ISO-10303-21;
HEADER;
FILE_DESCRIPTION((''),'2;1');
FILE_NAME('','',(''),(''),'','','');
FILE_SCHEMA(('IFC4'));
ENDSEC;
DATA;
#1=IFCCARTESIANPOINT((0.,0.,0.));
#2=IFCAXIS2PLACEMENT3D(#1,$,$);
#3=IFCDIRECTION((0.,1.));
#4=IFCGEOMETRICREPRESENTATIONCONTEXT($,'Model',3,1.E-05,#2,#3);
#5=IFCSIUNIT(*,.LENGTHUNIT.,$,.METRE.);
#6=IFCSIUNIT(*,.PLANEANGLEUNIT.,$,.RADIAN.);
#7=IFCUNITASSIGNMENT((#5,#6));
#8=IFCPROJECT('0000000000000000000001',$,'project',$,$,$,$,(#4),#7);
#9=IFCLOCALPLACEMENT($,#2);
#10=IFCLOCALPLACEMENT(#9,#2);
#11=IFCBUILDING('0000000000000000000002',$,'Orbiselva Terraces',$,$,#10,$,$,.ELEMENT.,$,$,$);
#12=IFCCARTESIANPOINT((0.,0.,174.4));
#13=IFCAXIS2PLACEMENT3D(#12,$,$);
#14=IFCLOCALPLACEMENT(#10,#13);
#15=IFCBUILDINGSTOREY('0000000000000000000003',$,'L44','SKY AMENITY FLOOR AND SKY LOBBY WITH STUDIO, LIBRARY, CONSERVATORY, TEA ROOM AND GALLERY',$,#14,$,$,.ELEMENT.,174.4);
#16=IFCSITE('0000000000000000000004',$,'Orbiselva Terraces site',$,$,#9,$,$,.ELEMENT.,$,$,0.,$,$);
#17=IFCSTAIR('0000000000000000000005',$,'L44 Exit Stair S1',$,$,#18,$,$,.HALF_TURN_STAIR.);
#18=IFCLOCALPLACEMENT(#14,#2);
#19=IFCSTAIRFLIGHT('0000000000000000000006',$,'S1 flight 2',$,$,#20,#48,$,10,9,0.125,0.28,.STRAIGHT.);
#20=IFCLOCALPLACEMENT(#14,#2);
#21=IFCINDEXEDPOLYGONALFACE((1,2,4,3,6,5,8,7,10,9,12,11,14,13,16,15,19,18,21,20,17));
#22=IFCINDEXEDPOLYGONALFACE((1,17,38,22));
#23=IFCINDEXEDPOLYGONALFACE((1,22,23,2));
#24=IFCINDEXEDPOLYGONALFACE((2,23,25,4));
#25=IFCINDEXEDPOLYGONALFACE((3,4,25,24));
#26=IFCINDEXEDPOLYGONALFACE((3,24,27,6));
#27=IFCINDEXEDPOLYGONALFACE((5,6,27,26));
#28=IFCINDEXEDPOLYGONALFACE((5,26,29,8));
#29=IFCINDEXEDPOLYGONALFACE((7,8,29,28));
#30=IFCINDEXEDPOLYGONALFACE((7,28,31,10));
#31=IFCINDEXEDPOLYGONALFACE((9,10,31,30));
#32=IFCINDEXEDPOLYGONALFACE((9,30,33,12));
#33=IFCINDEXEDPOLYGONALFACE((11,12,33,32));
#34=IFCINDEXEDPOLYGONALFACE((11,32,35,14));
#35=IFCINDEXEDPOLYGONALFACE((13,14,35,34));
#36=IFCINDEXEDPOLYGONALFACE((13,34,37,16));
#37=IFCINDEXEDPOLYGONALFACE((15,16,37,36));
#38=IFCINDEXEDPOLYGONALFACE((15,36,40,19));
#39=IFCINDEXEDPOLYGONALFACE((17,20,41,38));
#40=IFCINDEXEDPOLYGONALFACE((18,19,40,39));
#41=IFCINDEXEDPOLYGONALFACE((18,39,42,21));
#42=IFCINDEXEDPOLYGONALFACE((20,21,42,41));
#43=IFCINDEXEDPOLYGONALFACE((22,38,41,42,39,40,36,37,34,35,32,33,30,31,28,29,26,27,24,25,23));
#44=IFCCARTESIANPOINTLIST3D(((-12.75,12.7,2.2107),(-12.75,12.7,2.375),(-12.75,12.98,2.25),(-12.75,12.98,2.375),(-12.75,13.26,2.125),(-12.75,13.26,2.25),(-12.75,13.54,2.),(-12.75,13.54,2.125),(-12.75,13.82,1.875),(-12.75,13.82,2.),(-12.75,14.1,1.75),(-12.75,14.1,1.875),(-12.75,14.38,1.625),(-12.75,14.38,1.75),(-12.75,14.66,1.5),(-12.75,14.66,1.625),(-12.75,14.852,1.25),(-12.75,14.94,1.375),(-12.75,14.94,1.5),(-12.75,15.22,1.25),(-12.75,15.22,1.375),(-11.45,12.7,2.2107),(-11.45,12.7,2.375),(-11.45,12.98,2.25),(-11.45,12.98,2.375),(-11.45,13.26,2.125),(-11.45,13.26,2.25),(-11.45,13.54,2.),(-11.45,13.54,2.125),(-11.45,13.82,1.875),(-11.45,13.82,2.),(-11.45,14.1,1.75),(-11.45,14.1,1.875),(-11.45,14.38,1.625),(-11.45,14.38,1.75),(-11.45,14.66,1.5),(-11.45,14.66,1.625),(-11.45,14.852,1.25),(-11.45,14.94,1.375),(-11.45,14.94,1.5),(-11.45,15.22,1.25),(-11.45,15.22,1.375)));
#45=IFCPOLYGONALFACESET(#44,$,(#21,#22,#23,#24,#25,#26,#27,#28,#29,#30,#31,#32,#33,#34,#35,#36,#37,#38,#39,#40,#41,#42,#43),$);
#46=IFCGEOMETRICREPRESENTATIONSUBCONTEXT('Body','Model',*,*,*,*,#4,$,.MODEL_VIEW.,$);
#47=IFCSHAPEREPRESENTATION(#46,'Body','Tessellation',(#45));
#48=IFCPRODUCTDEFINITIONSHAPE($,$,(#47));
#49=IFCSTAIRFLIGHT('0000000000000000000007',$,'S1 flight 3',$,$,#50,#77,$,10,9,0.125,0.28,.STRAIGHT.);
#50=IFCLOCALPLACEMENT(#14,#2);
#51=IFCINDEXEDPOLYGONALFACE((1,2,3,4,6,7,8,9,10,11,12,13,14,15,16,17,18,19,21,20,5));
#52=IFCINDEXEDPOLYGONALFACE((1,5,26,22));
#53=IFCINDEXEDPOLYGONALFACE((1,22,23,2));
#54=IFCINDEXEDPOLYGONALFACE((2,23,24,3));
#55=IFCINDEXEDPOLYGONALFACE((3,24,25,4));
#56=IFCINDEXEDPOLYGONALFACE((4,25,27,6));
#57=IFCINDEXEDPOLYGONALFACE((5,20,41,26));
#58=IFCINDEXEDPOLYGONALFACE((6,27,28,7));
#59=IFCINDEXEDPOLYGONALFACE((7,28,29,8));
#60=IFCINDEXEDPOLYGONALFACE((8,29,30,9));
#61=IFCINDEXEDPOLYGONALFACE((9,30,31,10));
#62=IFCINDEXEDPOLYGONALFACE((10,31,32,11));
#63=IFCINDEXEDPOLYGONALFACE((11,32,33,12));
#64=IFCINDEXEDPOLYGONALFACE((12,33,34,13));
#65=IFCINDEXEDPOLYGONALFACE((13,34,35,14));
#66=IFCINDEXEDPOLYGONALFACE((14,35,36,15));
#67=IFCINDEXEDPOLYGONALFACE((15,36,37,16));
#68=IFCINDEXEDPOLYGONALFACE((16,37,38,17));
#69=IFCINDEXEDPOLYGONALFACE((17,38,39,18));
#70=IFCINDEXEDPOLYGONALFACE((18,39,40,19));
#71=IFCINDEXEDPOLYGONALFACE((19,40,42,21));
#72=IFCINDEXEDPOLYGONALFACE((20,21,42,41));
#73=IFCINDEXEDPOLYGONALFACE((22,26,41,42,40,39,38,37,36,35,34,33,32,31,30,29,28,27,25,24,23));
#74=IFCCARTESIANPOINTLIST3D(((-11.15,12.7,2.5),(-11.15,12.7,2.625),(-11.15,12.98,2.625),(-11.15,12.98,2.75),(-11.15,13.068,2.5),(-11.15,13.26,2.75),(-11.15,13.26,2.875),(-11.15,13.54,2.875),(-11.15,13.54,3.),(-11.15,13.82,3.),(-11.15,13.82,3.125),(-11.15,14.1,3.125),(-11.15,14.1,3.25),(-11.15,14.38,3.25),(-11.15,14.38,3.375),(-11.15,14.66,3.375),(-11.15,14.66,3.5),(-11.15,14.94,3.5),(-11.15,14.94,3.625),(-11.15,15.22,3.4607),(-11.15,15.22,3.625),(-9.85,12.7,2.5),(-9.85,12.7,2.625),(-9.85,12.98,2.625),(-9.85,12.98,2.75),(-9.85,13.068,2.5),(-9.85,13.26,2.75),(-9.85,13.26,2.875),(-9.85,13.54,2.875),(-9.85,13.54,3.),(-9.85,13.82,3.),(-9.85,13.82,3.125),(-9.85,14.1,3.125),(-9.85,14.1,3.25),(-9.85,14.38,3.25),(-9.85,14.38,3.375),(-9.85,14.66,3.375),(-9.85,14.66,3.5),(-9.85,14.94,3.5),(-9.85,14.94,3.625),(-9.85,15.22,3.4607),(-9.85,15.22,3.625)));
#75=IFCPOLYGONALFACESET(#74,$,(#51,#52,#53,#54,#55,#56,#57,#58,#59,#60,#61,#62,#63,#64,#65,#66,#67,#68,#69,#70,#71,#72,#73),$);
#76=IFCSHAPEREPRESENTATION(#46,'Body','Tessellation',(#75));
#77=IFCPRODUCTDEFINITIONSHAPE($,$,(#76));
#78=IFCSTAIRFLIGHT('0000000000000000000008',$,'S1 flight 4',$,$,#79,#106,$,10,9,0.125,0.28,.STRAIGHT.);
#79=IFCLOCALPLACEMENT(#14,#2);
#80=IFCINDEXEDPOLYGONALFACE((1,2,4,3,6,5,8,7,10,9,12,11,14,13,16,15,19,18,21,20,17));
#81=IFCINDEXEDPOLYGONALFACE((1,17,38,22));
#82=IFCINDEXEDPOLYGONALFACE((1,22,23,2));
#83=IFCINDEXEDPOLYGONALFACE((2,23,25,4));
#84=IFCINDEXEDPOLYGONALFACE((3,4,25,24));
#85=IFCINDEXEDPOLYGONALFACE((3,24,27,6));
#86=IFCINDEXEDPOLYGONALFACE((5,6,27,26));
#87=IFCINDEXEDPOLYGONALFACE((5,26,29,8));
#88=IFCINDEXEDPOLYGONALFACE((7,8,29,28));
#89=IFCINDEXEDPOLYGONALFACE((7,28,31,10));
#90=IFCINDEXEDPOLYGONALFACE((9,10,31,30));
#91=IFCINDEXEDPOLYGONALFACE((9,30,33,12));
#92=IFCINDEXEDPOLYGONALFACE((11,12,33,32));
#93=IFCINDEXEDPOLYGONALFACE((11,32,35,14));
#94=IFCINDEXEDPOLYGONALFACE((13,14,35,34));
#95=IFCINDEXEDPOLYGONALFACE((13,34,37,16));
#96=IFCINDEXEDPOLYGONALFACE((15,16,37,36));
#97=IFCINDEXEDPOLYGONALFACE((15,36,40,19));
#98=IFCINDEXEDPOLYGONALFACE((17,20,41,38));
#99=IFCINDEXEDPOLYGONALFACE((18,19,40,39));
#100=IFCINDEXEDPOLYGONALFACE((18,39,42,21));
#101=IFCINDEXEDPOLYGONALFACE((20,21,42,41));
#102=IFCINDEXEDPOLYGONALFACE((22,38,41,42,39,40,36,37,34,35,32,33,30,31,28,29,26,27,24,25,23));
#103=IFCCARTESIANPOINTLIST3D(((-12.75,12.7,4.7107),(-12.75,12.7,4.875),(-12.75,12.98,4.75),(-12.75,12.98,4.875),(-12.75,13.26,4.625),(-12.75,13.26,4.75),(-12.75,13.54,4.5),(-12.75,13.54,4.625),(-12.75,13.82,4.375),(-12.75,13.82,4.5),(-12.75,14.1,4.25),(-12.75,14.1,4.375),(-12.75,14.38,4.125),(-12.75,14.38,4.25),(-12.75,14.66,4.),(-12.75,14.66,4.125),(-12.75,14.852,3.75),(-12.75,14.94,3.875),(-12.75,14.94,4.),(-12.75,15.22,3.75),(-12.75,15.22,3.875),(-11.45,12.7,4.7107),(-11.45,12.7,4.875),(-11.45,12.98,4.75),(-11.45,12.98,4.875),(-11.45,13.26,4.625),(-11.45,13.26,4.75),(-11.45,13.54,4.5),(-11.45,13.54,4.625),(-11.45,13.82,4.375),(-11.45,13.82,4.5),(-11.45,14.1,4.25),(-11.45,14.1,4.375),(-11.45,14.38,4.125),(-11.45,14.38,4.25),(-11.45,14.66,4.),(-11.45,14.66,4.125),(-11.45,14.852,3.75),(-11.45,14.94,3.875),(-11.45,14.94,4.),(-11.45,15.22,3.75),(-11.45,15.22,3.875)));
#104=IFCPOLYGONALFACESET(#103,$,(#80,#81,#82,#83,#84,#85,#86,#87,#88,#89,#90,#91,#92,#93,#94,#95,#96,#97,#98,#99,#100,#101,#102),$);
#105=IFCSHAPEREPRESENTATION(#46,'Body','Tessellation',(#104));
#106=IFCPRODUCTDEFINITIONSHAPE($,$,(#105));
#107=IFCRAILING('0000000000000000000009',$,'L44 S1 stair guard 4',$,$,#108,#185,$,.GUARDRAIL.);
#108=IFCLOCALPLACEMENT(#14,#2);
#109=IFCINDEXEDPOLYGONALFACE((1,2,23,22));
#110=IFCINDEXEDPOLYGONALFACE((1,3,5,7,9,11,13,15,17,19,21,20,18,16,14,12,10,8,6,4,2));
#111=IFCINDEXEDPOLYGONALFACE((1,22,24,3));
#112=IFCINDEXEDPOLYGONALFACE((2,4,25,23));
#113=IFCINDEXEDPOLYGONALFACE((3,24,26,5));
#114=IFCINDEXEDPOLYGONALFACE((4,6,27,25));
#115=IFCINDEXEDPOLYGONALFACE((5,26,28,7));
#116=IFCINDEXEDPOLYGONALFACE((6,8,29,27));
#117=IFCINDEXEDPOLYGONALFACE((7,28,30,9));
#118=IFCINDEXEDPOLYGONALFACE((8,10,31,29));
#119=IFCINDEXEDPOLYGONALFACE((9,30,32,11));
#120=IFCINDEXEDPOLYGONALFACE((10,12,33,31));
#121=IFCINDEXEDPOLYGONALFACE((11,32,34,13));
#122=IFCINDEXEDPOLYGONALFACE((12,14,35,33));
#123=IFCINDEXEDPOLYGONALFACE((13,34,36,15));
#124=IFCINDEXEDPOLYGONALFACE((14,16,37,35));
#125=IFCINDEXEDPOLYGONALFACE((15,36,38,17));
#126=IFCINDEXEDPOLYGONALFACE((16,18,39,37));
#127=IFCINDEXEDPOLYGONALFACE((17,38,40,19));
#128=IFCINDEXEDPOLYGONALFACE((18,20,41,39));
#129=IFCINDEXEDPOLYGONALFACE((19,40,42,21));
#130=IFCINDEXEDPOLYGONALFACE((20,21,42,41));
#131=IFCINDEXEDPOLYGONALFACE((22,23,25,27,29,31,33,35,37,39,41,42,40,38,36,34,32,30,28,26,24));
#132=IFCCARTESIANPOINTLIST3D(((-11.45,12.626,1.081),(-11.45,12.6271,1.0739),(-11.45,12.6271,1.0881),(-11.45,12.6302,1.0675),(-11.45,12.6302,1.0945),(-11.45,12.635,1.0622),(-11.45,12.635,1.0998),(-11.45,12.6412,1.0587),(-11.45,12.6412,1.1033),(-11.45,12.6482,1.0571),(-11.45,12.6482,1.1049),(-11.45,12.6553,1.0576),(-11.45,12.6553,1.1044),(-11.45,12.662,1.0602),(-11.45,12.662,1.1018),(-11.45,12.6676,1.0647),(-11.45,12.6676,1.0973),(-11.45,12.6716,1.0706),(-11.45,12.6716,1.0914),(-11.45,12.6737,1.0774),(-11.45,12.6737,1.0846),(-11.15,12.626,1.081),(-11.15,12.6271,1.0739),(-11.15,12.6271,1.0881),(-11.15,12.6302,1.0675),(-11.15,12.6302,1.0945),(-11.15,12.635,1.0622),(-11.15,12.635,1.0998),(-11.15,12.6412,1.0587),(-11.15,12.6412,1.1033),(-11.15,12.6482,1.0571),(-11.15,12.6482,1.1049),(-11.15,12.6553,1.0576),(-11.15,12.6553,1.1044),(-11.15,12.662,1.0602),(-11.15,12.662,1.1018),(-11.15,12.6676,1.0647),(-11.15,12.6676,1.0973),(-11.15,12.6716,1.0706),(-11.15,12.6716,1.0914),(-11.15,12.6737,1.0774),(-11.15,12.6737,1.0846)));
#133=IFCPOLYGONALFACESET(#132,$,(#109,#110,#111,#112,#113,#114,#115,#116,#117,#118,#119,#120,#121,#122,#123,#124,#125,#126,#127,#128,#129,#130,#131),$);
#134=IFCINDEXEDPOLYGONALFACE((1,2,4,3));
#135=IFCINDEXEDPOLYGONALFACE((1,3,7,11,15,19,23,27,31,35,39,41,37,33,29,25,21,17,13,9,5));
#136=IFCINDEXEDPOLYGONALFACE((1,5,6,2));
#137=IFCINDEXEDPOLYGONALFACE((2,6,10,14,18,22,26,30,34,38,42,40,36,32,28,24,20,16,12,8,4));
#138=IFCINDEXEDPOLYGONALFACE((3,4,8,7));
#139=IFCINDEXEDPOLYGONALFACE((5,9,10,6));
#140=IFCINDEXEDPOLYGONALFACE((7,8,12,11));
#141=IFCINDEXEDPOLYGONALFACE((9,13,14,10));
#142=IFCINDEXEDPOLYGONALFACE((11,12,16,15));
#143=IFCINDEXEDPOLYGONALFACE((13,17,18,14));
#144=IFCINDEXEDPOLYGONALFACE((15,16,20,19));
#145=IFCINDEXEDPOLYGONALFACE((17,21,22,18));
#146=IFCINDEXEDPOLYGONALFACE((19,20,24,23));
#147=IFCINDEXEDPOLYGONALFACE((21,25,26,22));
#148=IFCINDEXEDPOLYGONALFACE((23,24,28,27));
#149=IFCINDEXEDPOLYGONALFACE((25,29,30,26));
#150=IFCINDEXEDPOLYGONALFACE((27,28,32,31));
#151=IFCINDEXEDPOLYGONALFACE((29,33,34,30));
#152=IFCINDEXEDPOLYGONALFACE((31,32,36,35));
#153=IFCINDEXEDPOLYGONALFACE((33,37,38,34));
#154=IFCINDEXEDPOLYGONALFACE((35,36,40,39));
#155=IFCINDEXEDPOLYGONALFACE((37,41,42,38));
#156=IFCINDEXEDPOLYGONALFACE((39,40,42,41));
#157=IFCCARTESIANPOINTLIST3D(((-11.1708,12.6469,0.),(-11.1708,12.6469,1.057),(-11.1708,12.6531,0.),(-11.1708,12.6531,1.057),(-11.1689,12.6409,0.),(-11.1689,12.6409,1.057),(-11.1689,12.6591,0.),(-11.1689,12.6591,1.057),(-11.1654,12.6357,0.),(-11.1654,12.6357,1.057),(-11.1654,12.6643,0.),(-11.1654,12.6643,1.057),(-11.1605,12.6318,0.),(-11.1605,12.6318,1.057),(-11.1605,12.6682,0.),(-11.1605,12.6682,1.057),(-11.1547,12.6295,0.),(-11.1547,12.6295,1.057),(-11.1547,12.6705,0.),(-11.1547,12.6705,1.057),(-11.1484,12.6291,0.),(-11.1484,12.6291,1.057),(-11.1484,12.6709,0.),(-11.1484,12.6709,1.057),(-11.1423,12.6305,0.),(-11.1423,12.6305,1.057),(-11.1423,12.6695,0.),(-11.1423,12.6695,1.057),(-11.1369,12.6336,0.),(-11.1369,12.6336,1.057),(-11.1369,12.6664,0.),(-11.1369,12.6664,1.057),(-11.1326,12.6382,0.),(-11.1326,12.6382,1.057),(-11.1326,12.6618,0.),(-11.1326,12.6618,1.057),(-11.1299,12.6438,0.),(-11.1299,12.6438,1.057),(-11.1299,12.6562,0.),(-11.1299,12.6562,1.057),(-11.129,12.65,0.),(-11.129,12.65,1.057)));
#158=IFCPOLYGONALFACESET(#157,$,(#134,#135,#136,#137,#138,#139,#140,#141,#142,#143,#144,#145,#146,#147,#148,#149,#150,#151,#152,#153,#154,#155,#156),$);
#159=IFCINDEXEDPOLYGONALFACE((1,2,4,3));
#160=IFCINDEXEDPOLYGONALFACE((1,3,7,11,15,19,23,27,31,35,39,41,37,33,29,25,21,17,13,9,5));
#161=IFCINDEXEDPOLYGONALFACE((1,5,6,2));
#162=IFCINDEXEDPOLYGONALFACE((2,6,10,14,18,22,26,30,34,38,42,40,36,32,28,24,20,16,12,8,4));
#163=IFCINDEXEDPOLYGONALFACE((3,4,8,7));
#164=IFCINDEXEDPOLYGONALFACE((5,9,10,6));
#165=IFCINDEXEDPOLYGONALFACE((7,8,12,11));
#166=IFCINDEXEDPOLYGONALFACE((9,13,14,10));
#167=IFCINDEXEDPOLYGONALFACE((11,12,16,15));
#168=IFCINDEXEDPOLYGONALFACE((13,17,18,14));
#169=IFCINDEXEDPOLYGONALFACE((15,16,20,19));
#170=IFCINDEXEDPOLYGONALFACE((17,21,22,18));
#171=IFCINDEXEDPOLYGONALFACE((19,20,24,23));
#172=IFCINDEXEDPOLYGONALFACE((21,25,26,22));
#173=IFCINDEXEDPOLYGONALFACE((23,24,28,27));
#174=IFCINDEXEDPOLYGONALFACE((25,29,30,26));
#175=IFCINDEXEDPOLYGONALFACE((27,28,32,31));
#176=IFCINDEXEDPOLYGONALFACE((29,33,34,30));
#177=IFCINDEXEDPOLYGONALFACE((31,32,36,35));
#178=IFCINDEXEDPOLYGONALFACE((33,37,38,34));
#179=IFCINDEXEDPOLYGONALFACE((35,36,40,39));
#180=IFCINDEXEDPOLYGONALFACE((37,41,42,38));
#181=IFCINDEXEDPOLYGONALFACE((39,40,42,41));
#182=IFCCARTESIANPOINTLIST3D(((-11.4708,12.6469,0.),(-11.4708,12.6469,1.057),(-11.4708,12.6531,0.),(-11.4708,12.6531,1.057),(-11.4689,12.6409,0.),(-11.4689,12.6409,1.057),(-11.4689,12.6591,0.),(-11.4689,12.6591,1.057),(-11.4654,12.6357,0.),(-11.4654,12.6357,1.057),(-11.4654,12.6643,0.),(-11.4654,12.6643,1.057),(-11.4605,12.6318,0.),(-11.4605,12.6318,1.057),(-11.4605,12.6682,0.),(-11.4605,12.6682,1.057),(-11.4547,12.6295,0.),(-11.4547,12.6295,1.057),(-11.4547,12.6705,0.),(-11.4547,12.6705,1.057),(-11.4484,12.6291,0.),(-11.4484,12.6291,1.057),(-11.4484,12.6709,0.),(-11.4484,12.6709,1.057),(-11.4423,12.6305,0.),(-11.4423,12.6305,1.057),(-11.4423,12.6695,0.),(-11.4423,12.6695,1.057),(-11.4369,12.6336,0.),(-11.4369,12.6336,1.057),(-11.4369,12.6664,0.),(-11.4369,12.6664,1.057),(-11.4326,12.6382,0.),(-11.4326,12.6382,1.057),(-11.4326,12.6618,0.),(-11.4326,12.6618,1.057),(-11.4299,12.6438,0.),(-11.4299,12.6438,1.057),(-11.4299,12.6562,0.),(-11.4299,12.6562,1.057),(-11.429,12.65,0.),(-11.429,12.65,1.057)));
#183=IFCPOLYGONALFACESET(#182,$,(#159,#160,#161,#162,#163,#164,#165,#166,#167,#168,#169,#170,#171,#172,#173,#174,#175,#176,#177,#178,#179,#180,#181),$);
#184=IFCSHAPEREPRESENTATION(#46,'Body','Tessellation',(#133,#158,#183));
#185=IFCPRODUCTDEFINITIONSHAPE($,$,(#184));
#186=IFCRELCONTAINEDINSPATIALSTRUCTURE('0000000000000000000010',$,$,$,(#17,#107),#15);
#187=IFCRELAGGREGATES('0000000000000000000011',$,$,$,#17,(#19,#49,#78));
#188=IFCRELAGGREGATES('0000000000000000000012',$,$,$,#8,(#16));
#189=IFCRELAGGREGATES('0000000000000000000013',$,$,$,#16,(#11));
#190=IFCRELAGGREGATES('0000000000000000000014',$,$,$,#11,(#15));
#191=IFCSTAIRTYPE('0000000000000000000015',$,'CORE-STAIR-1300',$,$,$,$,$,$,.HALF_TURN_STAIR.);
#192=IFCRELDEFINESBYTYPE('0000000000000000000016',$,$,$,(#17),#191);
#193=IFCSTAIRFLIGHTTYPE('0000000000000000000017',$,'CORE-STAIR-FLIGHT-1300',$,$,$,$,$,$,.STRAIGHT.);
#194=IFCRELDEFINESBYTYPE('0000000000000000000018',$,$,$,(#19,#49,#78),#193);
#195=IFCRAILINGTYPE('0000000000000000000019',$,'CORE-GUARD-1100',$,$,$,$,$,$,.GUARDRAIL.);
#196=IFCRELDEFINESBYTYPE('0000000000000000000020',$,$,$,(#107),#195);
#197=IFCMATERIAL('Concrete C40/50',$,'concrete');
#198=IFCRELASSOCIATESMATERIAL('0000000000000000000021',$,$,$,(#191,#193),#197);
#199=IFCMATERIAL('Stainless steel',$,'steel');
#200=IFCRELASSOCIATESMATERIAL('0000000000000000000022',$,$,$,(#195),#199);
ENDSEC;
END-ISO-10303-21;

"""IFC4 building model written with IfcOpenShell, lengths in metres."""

from ifc_helpers import new_model, si_unit, direction, frame, origin, origin_2d, place, context, subcontext, project, spatial, polyline, circle, outline, extrude, material, type_object, element, aggregate, save


model = new_model("IFC4")

# Units and contexts
model_context = context("Model", 3, precision=1e-05, world=origin(), true_north=direction((0.0, 1.0)))
body_context = subcontext(model_context, "Body", "Model", "MODEL_VIEW")
ifc_project = project(units=[si_unit("LENGTHUNIT", "METRE"), si_unit("PLANEANGLEUNIT", "RADIAN")], contexts=[model_context])

# Site, building, storey
site_placement = place(None, origin())
site = spatial("IfcSite", under=ifc_project, at=site_placement, Name="Orbiselva Terraces site", CompositionType="ELEMENT", RefElevation=0.0)
building_placement = place(site_placement, origin())
building = spatial("IfcBuilding", under=site, at=building_placement, Name="Orbiselva Terraces", CompositionType="ELEMENT")
storey_placement = place(building_placement, frame((0.0, 0.0, 174.4)))
storey = spatial("IfcBuildingStorey", under=building, at=storey_placement, Name="L44", Description="SKY AMENITY FLOOR AND SKY LOBBY WITH STUDIO, LIBRARY, CONSERVATORY, TEA ROOM AND GALLERY", CompositionType="ELEMENT", Elevation=174.4)

# Shared definitions
ifc_material_1 = material(Name="Concrete C40/50", Category="concrete")

# Stair, stair flights
stair_type = type_object("IfcStairType", Name="CORE-STAIR-1300", PredefinedType="HALF_TURN_STAIR", material=ifc_material_1)
stair_placement = place(storey_placement, origin())
stair = element("IfcStair", 1, at=stair_placement, inside=storey, type_object=stair_type, Name="L44 Exit Stair S1", PredefinedType="HALF_TURN_STAIR")
stair_flight_type = type_object("IfcStairFlightType", Name="CORE-STAIR-FLIGHT-1300", PredefinedType="STRAIGHT", material=ifc_material_1)
stair_flight_1_placement = place(storey_placement, frame((-12.1, 15.22, 1.25), z_axis=(0.0, 0.0, 1.0), x_axis=(0.0, -1.0, 0.0)))
stair_flight_1 = element("IfcStairFlight", 2, at=stair_flight_1_placement, type_object=stair_flight_type, Name="S1 flight 2", NumberOfRisers=10, NumberOfTreads=9, PredefinedType="STRAIGHT", RiserHeight=0.125, TreadLength=0.28, context=body_context, shape_type="SweptSolid", body=[
    extrude(outline(polyline([(0.0, 0.0), (0.0, 0.125), (0.28, 0.125), (0.28, 0.25), (0.56, 0.25), (0.56, 0.375), (0.84, 0.375), (0.84, 0.5), (1.12, 0.5), (1.12, 0.625), (1.4, 0.625), (1.4, 0.75), (1.68, 0.75), (1.68, 0.875), (1.96, 0.875), (1.96, 1.0), (2.24, 1.0), (2.24, 1.125), (2.52, 1.125), (2.52, 1.25), (2.52, 0.9607), (0.368, 0.0), (0.0, 0.0)])), frame((0.0, 0.65, 0.0), z_axis=(0.0, -1.0, 0.0), x_axis=(1.0, 0.0, 0.0)), (0.0, 0.0, 1.0), 1.3),
])
stair_flight_2_placement = place(storey_placement, frame((-10.5, 12.7, 2.5), z_axis=(0.0, 0.0, 1.0), x_axis=(0.0, 1.0, 0.0)))
stair_flight_2 = element("IfcStairFlight", 3, at=stair_flight_2_placement, type_object=stair_flight_type, Name="S1 flight 3", NumberOfRisers=10, NumberOfTreads=9, PredefinedType="STRAIGHT", RiserHeight=0.125, TreadLength=0.28, context=body_context, shape_type="SweptSolid", body=[
    extrude(outline(polyline([(0.0, 0.0), (0.0, 0.125), (0.28, 0.125), (0.28, 0.25), (0.56, 0.25), (0.56, 0.375), (0.84, 0.375), (0.84, 0.5), (1.12, 0.5), (1.12, 0.625), (1.4, 0.625), (1.4, 0.75), (1.68, 0.75), (1.68, 0.875), (1.96, 0.875), (1.96, 1.0), (2.24, 1.0), (2.24, 1.125), (2.52, 1.125), (2.52, 1.25), (2.52, 0.9607), (0.368, 0.0), (0.0, 0.0)])), frame((0.0, 0.65, 0.0), z_axis=(0.0, -1.0, 0.0), x_axis=(1.0, 0.0, 0.0)), (0.0, 0.0, 1.0), 1.3),
])
stair_flight_3_placement = place(storey_placement, frame((-12.1, 15.22, 3.75), z_axis=(0.0, 0.0, 1.0), x_axis=(0.0, -1.0, 0.0)))
stair_flight_3 = element("IfcStairFlight", 4, at=stair_flight_3_placement, type_object=stair_flight_type, Name="S1 flight 4", NumberOfRisers=10, NumberOfTreads=9, PredefinedType="STRAIGHT", RiserHeight=0.125, TreadLength=0.28, context=body_context, shape_type="SweptSolid", body=[
    extrude(outline(polyline([(0.0, 0.0), (0.0, 0.125), (0.28, 0.125), (0.28, 0.25), (0.56, 0.25), (0.56, 0.375), (0.84, 0.375), (0.84, 0.5), (1.12, 0.5), (1.12, 0.625), (1.4, 0.625), (1.4, 0.75), (1.68, 0.75), (1.68, 0.875), (1.96, 0.875), (1.96, 1.0), (2.24, 1.0), (2.24, 1.125), (2.52, 1.125), (2.52, 1.25), (2.52, 0.9607), (0.368, 0.0), (0.0, 0.0)])), frame((0.0, 0.65, 0.0), z_axis=(0.0, -1.0, 0.0), x_axis=(1.0, 0.0, 0.0)), (0.0, 0.0, 1.0), 1.3),
])
aggregate(stair, [stair_flight_1, stair_flight_2, stair_flight_3])

# Railing
ifc_material_2 = material(Name="Stainless steel", Category="steel")
railing_type_1 = type_object("IfcRailingType", Name="CORE-GUARD-1100", PredefinedType="GUARDRAIL", material=ifc_material_2)
railing_1_placement = place(storey_placement, frame((-11.15, 12.65, 0.0)))
element("IfcRailing", 5, at=railing_1_placement, inside=storey, type_object=railing_type_1, Name="L44 S1 stair guard 4", PredefinedType="GUARDRAIL", context=body_context, shape_type="SweptSolid", body=[
    extrude(circle(Radius=0.024, at=origin_2d()), frame((0.0, 0.0, 1.081), z_axis=(-1.0, 0.0, 0.0), x_axis=(0.0, -1.0, 0.0)), (0.0, 0.0, 1.0), 0.3),
    extrude(circle(Radius=0.021, at=origin_2d()), origin(), (0.0, 0.0, 1.0), 1.057),
    extrude(circle(Radius=0.021, at=origin_2d()), frame((-0.3, 0.0, 0.0)), (0.0, 0.0, 1.0), 1.057),
])

save(model, "model.ifc")
